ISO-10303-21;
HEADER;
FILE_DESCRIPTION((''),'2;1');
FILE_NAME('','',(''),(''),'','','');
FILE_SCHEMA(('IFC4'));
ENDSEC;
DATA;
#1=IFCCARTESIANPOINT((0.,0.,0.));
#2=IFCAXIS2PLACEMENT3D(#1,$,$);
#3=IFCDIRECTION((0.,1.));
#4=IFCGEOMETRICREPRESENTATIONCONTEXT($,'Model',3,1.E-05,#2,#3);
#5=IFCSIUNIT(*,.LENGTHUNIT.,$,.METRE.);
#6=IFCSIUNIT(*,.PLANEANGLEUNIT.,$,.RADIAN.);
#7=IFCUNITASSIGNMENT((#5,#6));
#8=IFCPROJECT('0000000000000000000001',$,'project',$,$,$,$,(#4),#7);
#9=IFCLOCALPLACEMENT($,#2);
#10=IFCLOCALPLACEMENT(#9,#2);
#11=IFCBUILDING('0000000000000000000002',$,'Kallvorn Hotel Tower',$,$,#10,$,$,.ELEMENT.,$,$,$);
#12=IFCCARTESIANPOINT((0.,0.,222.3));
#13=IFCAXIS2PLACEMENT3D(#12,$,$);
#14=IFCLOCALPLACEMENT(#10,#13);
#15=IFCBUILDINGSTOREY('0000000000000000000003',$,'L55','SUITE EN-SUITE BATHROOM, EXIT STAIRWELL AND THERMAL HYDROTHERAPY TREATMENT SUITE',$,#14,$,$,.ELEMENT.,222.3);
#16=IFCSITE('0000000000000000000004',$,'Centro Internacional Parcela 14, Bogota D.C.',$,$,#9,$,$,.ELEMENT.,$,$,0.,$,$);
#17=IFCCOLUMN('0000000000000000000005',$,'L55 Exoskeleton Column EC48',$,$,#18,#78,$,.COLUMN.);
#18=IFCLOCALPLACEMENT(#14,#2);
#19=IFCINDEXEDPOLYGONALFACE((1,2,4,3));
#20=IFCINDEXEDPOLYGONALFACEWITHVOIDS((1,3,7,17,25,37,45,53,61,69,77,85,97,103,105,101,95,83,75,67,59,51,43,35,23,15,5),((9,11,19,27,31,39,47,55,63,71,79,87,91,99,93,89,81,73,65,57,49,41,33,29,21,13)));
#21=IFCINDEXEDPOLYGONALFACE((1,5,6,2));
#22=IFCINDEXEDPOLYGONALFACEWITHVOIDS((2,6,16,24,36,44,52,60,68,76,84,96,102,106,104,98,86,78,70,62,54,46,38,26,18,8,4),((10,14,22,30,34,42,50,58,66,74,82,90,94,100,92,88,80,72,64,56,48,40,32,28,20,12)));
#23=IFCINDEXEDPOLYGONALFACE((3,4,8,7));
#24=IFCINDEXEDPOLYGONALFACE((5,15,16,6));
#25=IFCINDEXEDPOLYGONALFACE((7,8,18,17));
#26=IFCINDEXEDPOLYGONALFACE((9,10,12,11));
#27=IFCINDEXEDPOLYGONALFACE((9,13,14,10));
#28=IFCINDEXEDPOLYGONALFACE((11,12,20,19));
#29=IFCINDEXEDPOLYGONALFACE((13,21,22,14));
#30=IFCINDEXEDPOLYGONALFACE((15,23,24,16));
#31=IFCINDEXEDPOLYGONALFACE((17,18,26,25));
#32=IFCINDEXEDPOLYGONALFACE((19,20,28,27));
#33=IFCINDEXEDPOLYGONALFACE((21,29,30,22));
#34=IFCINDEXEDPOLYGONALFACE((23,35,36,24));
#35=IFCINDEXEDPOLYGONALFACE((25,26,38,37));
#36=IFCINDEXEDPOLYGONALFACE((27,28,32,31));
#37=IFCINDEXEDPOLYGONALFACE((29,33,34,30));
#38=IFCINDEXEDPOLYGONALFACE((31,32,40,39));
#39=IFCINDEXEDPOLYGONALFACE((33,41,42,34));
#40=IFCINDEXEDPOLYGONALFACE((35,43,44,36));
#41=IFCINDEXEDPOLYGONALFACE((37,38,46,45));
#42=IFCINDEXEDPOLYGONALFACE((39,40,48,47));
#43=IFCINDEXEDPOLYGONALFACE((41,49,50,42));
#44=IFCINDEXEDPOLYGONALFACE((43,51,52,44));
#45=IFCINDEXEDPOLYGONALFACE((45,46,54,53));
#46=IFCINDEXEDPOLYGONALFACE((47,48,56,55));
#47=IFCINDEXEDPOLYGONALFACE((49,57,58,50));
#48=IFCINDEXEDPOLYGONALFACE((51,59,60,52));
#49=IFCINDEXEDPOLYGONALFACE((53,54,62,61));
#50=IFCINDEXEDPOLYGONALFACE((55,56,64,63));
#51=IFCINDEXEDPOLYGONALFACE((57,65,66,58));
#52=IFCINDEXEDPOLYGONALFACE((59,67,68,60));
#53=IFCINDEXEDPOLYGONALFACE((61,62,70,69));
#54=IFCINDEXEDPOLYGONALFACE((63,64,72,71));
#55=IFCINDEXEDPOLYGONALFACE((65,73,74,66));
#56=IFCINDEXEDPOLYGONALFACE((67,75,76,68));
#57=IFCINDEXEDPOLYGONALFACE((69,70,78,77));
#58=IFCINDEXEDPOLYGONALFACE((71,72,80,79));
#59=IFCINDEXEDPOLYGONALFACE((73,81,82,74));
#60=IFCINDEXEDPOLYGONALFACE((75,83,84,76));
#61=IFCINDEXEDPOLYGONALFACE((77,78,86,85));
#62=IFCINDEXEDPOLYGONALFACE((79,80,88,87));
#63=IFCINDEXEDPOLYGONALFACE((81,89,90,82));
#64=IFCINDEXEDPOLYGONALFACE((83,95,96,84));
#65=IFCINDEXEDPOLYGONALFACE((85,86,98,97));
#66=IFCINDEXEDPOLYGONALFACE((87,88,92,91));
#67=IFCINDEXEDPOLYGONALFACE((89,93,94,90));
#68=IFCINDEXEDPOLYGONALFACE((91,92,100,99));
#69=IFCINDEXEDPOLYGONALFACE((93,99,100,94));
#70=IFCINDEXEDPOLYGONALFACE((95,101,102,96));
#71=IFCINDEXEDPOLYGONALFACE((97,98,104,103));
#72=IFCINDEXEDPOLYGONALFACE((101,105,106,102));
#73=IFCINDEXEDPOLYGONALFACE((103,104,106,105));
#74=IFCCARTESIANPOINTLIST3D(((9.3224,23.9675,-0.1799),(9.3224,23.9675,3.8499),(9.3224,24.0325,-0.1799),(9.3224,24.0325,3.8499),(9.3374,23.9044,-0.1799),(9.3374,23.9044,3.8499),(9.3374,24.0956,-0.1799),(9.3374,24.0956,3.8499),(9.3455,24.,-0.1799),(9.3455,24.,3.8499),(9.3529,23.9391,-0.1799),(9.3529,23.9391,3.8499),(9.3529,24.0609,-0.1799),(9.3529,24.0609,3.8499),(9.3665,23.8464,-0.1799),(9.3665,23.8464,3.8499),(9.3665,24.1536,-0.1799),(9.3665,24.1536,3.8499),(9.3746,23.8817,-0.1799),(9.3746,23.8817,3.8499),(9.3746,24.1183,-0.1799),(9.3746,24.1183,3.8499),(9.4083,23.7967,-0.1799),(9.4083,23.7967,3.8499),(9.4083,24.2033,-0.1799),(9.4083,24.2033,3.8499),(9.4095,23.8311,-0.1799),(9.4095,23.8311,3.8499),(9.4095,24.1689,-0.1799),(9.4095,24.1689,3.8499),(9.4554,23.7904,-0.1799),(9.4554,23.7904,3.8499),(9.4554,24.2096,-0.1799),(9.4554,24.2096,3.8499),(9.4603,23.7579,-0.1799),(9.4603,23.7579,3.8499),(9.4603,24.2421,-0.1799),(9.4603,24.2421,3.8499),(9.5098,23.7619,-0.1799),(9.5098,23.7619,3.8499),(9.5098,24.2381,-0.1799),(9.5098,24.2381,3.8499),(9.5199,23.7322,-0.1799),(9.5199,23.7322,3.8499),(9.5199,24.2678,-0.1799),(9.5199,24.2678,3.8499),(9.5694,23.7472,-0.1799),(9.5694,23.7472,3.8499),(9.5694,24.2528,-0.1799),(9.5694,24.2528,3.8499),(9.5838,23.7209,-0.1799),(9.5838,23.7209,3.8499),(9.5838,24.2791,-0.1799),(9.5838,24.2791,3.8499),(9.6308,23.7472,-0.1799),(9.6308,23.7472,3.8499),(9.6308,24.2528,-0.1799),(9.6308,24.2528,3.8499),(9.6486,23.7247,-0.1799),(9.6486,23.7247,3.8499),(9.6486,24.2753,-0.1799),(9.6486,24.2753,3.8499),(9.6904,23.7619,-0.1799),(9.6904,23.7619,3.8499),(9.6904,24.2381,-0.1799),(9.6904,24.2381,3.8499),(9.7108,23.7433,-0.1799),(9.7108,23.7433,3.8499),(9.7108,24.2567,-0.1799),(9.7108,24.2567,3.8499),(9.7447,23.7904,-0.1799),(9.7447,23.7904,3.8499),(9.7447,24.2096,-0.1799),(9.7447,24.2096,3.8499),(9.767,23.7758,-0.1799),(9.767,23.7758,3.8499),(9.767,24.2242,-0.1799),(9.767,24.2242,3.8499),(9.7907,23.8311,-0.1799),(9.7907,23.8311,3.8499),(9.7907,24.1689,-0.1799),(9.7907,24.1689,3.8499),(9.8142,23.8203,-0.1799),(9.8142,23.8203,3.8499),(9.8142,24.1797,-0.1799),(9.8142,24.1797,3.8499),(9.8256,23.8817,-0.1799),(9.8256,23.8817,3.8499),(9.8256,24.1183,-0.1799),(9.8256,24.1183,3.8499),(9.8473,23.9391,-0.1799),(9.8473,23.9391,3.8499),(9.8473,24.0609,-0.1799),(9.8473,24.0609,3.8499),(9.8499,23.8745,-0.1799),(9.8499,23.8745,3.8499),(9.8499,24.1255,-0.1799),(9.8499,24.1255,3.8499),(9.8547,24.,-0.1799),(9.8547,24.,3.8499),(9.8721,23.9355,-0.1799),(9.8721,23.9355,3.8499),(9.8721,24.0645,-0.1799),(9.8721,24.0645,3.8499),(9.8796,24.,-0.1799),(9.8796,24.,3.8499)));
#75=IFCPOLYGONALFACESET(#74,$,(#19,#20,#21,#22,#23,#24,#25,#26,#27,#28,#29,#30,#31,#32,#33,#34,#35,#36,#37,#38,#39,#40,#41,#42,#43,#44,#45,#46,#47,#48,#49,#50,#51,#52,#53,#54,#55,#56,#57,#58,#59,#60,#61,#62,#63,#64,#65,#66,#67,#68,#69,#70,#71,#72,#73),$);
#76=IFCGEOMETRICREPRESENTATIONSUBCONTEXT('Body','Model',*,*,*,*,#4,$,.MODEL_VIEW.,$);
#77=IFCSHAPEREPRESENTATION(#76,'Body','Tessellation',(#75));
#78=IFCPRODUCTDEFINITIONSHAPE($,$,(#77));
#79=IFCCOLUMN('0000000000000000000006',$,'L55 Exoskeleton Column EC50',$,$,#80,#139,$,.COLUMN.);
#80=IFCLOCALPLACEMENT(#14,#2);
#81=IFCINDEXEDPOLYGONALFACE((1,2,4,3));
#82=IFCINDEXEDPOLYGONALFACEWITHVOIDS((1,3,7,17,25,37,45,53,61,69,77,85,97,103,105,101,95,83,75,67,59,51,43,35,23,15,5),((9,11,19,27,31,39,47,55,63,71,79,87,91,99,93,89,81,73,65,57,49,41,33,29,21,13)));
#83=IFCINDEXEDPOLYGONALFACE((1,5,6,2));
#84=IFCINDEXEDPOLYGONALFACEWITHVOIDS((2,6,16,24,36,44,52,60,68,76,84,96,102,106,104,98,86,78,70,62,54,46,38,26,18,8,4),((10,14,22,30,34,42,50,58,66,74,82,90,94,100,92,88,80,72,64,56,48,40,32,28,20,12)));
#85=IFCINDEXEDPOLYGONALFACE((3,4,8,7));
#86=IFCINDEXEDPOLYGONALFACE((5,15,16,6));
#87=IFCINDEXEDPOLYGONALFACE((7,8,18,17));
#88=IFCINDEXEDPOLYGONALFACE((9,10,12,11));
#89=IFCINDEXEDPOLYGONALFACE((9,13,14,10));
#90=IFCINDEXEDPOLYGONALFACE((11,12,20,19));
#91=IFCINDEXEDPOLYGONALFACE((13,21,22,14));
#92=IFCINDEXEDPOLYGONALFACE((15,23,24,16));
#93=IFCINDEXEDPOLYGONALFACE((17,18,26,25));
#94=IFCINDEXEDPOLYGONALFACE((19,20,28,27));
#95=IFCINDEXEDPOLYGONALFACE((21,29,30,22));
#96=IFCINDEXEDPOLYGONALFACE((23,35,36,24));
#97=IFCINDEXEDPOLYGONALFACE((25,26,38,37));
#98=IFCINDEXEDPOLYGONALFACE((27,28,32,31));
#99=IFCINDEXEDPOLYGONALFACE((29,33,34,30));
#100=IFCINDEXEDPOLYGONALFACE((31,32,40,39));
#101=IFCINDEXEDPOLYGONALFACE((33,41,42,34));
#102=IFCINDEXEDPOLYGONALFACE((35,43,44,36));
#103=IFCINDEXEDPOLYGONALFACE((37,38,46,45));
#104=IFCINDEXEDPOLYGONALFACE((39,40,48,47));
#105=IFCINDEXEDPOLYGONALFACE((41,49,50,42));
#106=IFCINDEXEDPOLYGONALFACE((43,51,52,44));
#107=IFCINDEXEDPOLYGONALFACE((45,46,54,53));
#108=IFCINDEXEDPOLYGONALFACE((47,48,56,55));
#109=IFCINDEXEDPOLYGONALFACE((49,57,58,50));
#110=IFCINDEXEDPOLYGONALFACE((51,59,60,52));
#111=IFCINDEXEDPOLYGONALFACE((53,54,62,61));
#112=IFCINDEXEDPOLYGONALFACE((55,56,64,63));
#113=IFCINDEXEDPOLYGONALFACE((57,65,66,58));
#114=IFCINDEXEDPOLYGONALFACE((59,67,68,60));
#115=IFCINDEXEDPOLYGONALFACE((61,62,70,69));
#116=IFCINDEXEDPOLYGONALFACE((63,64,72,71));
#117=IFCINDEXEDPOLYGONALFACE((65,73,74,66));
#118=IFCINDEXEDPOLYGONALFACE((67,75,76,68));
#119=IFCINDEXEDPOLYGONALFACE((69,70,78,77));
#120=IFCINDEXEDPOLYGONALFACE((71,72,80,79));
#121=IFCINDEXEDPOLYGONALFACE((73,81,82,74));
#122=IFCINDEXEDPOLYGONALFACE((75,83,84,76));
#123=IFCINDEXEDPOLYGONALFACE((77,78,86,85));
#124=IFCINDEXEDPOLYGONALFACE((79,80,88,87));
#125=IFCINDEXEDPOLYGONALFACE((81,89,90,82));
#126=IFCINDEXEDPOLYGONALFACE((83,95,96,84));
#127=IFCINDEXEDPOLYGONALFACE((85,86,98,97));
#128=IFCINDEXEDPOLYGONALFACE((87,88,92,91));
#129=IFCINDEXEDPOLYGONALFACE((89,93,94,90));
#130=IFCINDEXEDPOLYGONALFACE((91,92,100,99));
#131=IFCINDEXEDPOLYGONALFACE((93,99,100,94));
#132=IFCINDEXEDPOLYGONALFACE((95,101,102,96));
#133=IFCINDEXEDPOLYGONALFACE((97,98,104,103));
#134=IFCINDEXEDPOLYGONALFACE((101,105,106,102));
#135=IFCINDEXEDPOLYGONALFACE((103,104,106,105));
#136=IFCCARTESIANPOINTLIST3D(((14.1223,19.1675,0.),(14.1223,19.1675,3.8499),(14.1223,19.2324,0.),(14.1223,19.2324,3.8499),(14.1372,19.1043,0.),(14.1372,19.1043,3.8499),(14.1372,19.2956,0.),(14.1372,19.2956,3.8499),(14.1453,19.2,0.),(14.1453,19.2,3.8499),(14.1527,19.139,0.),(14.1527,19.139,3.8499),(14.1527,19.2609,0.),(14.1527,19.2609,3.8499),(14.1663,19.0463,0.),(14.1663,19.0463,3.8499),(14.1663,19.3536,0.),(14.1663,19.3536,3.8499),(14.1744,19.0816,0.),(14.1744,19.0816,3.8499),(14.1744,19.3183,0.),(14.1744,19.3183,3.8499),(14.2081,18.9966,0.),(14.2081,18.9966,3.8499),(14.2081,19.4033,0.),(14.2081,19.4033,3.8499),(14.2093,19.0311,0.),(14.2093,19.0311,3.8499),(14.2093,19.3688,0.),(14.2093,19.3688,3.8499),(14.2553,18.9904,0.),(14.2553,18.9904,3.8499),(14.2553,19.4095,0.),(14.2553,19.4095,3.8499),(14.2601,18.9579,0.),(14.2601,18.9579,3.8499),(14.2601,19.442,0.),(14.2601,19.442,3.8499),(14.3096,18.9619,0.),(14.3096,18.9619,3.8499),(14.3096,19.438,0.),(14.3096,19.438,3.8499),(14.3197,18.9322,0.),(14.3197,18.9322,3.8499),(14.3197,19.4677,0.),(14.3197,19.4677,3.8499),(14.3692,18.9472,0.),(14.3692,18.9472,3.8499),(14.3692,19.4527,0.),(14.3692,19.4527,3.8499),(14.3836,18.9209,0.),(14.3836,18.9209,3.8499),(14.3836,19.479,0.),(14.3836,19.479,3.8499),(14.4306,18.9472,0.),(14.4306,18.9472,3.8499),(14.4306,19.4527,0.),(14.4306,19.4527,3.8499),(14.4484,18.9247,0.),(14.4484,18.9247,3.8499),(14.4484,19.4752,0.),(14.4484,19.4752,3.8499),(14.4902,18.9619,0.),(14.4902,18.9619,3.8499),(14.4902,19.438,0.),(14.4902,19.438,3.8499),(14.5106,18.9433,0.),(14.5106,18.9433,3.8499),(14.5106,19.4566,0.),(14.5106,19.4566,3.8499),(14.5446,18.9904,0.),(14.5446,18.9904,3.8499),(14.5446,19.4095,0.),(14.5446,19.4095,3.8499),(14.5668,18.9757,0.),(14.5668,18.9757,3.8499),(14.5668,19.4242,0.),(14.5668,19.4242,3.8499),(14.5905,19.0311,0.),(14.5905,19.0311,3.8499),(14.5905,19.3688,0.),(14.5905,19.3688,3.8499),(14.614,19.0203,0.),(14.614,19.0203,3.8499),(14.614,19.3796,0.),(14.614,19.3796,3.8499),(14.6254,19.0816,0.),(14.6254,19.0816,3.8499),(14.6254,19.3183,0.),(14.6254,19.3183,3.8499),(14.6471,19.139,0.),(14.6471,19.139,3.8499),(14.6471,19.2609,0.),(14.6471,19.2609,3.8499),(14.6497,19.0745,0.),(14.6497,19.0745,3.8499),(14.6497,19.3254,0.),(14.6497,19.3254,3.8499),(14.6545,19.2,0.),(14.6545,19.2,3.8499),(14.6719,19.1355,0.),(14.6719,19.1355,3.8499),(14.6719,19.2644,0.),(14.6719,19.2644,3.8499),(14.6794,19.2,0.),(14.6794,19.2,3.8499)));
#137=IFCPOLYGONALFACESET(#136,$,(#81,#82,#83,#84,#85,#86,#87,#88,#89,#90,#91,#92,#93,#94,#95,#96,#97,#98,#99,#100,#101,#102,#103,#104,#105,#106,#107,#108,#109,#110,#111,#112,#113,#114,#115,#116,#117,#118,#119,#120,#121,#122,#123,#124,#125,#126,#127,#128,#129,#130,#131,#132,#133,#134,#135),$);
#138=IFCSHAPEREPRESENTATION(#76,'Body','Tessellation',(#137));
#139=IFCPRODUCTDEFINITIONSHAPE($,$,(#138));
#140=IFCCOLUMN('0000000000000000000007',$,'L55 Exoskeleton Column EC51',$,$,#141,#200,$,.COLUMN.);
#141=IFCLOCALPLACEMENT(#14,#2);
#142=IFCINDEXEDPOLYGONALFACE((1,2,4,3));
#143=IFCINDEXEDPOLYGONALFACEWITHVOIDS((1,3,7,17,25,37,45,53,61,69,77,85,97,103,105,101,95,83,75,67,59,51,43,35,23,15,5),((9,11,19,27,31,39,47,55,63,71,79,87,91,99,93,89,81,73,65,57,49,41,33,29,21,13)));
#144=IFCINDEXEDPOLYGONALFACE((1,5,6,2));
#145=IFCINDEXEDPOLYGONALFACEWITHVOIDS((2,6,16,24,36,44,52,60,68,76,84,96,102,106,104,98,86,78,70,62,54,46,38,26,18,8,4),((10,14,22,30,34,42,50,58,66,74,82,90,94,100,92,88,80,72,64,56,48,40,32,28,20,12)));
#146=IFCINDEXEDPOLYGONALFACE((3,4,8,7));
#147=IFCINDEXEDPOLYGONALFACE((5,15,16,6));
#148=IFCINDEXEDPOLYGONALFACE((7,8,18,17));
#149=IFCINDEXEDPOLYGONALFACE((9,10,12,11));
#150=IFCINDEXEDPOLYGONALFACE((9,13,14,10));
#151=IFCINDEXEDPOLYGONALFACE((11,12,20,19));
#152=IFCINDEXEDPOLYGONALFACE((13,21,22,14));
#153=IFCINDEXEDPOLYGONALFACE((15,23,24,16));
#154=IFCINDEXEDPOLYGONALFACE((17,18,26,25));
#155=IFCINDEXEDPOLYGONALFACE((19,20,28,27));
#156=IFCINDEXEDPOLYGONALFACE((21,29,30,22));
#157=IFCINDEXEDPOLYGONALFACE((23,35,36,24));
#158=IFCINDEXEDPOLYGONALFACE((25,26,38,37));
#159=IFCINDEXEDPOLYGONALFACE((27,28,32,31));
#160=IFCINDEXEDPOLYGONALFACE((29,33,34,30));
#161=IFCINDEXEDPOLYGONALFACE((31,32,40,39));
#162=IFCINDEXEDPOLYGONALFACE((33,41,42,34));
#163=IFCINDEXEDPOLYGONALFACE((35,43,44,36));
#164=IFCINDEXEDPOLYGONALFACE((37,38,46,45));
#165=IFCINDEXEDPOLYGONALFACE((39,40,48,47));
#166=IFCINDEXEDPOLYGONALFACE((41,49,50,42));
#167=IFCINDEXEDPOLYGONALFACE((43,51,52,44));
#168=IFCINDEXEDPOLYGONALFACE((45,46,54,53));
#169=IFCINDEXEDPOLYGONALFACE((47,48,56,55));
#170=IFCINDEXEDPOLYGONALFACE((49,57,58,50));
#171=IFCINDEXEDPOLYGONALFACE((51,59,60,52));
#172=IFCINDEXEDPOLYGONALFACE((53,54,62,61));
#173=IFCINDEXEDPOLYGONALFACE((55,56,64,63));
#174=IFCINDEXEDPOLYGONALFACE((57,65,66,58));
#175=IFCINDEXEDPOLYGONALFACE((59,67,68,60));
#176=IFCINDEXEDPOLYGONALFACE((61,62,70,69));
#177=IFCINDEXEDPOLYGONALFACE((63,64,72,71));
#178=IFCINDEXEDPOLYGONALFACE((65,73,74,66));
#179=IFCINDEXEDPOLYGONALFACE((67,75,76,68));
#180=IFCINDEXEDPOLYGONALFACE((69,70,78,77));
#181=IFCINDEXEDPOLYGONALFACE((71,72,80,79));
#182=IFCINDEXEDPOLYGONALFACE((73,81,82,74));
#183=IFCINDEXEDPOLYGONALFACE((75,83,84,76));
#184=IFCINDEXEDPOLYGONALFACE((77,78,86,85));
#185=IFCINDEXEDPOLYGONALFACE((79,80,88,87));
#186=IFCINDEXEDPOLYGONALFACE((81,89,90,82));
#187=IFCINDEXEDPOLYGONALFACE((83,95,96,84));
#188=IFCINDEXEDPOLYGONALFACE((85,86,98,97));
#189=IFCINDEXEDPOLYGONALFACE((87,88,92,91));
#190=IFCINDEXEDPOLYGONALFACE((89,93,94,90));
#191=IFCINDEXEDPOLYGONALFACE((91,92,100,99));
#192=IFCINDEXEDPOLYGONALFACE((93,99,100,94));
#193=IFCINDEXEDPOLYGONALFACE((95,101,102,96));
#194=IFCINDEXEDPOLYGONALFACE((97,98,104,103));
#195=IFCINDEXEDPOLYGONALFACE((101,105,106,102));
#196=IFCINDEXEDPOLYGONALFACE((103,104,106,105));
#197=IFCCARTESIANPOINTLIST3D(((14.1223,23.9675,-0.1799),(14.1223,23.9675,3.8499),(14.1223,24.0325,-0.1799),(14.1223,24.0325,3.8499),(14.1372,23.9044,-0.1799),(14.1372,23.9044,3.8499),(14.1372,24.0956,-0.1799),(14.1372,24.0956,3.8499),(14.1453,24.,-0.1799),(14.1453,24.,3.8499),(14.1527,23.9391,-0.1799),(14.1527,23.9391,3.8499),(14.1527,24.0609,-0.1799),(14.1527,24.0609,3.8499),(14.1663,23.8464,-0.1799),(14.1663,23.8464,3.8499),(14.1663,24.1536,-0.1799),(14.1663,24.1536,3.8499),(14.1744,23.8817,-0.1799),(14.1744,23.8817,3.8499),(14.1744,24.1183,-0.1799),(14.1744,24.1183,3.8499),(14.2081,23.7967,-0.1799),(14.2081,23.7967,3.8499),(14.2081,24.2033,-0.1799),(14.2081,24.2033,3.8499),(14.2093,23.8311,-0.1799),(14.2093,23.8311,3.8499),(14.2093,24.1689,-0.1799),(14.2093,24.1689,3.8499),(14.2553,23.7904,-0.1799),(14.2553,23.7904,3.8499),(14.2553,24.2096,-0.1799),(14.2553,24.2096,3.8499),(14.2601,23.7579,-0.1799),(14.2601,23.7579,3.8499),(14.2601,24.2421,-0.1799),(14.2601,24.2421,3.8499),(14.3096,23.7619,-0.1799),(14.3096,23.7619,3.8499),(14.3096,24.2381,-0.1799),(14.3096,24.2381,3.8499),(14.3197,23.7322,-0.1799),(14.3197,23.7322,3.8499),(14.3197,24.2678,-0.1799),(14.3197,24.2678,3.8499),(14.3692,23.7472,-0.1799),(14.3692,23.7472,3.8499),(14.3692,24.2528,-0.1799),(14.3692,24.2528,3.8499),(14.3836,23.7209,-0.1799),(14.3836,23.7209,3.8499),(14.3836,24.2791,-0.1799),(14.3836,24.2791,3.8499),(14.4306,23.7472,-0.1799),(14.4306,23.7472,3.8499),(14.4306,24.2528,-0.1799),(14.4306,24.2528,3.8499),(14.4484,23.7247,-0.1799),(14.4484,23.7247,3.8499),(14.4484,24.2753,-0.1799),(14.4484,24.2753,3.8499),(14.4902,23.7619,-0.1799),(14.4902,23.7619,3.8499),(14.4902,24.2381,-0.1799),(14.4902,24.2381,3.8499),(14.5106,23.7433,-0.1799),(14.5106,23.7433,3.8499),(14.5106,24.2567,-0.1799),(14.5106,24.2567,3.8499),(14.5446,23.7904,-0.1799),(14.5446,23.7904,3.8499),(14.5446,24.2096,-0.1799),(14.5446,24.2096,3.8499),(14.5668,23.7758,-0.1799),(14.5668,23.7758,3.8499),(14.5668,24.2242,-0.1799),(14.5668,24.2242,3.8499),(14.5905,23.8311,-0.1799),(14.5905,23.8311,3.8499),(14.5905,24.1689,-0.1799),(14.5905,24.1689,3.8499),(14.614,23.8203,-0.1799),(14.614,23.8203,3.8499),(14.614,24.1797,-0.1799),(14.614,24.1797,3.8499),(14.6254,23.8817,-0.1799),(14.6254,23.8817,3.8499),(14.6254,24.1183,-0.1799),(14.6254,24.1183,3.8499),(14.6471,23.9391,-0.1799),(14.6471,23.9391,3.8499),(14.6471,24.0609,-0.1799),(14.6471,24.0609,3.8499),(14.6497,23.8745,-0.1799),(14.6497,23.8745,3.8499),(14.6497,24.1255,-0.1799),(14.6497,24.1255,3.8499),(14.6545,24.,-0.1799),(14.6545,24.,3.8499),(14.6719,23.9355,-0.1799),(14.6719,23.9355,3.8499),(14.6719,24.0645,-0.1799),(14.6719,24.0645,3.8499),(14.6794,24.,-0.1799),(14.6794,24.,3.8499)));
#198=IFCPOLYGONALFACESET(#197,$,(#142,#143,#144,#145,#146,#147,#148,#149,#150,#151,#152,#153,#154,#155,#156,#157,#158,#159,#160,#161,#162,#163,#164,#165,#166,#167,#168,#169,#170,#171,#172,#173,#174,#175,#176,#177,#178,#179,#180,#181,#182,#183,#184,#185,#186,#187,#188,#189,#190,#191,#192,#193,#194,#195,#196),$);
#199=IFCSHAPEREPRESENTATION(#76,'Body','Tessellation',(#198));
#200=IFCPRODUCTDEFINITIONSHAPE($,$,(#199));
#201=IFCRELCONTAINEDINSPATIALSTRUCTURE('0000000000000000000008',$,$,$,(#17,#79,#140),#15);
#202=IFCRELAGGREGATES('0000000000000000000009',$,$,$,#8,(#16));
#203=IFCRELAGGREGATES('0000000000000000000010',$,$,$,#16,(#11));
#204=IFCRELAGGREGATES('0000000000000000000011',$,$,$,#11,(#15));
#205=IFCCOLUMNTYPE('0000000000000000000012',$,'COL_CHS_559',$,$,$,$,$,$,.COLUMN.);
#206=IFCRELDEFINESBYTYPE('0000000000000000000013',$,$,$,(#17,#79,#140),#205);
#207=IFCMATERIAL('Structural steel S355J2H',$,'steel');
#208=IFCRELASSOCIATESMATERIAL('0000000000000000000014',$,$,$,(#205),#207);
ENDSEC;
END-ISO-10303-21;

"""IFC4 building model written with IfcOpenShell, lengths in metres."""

from ifc_helpers import new_model, si_unit, direction, frame, origin, origin_2d, place, context, subcontext, project, spatial, hollow_circle, extrude, material, material_profile, profile_set, type_object, element, save


model = new_model("IFC4")

# Units and contexts
model_context = context("Model", 3, precision=1e-05, world=origin(), true_north=direction((0.0, 1.0)))
body_context = subcontext(model_context, "Body", "Model", "MODEL_VIEW")
ifc_project = project(units=[si_unit("LENGTHUNIT", "METRE"), si_unit("PLANEANGLEUNIT", "RADIAN")], contexts=[model_context])

# Site, building, storey
site_placement = place(None, origin())
site = spatial("IfcSite", under=ifc_project, at=site_placement, Name="Centro Internacional Parcela 14, Bogota D.C.", CompositionType="ELEMENT", RefElevation=0.0)
building_placement = place(site_placement, origin())
building = spatial("IfcBuilding", under=site, at=building_placement, Name="Kallvorn Hotel Tower", CompositionType="ELEMENT")
storey_placement = place(building_placement, frame((0.0, 0.0, 222.3)))
storey = spatial("IfcBuildingStorey", under=building, at=storey_placement, Name="L55", Description="SUITE EN-SUITE BATHROOM, EXIT STAIRWELL AND THERMAL HYDROTHERAPY TREATMENT SUITE", CompositionType="ELEMENT", Elevation=222.3)

# Columns
ifc_material_1 = material(Name="Structural steel S355J2H", Category="steel")
ifc_material_profile_1 = material_profile(ifc_material_1, hollow_circle(Radius=0.2795, WallThickness=0.0249, at=origin_2d()), Name="CHS 559x25")
ifc_profile_set_1 = profile_set([ifc_material_profile_1], Name="Structural steel S355J2H")
column_type_1 = type_object("IfcColumnType", Name="COL_CHS_559", PredefinedType="COLUMN", material=ifc_profile_set_1)
column_1_placement = place(storey_placement, frame((9.6001, 24.0, -0.1799), z_axis=(0.0, 0.0, 1.0), x_axis=(1.0, 0.0, 0.0)))
element("IfcColumn", 1, at=column_1_placement, inside=storey, type_object=column_type_1, Name="L55 Exoskeleton Column EC48", PredefinedType="COLUMN", context=body_context, shape_type="SweptSolid", body=[
    extrude(hollow_circle(Radius=0.2795, WallThickness=0.0249, at=origin_2d()), origin(), (0.0, 0.0, 1.0), 4.0298),
])
column_2_placement = place(storey_placement, frame((14.3999, 19.2, 0.0), z_axis=(0.0, 0.0, 1.0), x_axis=(1.0, 0.0, 0.0)))
element("IfcColumn", 2, at=column_2_placement, inside=storey, type_object=column_type_1, Name="L55 Exoskeleton Column EC50", PredefinedType="COLUMN", context=body_context, shape_type="SweptSolid", body=[
    extrude(hollow_circle(Radius=0.2795, WallThickness=0.0249, at=origin_2d()), origin(), (0.0, 0.0, 1.0), 3.8499),
])
column_3_placement = place(storey_placement, frame((14.3999, 24.0, -0.1799), z_axis=(0.0, 0.0, 1.0), x_axis=(1.0, 0.0, 0.0)))
element("IfcColumn", 3, at=column_3_placement, inside=storey, type_object=column_type_1, Name="L55 Exoskeleton Column EC51", PredefinedType="COLUMN", context=body_context, shape_type="SweptSolid", body=[
    extrude(hollow_circle(Radius=0.2795, WallThickness=0.0249, at=origin_2d()), origin(), (0.0, 0.0, 1.0), 4.0298),
])

save(model, "model.ifc")
